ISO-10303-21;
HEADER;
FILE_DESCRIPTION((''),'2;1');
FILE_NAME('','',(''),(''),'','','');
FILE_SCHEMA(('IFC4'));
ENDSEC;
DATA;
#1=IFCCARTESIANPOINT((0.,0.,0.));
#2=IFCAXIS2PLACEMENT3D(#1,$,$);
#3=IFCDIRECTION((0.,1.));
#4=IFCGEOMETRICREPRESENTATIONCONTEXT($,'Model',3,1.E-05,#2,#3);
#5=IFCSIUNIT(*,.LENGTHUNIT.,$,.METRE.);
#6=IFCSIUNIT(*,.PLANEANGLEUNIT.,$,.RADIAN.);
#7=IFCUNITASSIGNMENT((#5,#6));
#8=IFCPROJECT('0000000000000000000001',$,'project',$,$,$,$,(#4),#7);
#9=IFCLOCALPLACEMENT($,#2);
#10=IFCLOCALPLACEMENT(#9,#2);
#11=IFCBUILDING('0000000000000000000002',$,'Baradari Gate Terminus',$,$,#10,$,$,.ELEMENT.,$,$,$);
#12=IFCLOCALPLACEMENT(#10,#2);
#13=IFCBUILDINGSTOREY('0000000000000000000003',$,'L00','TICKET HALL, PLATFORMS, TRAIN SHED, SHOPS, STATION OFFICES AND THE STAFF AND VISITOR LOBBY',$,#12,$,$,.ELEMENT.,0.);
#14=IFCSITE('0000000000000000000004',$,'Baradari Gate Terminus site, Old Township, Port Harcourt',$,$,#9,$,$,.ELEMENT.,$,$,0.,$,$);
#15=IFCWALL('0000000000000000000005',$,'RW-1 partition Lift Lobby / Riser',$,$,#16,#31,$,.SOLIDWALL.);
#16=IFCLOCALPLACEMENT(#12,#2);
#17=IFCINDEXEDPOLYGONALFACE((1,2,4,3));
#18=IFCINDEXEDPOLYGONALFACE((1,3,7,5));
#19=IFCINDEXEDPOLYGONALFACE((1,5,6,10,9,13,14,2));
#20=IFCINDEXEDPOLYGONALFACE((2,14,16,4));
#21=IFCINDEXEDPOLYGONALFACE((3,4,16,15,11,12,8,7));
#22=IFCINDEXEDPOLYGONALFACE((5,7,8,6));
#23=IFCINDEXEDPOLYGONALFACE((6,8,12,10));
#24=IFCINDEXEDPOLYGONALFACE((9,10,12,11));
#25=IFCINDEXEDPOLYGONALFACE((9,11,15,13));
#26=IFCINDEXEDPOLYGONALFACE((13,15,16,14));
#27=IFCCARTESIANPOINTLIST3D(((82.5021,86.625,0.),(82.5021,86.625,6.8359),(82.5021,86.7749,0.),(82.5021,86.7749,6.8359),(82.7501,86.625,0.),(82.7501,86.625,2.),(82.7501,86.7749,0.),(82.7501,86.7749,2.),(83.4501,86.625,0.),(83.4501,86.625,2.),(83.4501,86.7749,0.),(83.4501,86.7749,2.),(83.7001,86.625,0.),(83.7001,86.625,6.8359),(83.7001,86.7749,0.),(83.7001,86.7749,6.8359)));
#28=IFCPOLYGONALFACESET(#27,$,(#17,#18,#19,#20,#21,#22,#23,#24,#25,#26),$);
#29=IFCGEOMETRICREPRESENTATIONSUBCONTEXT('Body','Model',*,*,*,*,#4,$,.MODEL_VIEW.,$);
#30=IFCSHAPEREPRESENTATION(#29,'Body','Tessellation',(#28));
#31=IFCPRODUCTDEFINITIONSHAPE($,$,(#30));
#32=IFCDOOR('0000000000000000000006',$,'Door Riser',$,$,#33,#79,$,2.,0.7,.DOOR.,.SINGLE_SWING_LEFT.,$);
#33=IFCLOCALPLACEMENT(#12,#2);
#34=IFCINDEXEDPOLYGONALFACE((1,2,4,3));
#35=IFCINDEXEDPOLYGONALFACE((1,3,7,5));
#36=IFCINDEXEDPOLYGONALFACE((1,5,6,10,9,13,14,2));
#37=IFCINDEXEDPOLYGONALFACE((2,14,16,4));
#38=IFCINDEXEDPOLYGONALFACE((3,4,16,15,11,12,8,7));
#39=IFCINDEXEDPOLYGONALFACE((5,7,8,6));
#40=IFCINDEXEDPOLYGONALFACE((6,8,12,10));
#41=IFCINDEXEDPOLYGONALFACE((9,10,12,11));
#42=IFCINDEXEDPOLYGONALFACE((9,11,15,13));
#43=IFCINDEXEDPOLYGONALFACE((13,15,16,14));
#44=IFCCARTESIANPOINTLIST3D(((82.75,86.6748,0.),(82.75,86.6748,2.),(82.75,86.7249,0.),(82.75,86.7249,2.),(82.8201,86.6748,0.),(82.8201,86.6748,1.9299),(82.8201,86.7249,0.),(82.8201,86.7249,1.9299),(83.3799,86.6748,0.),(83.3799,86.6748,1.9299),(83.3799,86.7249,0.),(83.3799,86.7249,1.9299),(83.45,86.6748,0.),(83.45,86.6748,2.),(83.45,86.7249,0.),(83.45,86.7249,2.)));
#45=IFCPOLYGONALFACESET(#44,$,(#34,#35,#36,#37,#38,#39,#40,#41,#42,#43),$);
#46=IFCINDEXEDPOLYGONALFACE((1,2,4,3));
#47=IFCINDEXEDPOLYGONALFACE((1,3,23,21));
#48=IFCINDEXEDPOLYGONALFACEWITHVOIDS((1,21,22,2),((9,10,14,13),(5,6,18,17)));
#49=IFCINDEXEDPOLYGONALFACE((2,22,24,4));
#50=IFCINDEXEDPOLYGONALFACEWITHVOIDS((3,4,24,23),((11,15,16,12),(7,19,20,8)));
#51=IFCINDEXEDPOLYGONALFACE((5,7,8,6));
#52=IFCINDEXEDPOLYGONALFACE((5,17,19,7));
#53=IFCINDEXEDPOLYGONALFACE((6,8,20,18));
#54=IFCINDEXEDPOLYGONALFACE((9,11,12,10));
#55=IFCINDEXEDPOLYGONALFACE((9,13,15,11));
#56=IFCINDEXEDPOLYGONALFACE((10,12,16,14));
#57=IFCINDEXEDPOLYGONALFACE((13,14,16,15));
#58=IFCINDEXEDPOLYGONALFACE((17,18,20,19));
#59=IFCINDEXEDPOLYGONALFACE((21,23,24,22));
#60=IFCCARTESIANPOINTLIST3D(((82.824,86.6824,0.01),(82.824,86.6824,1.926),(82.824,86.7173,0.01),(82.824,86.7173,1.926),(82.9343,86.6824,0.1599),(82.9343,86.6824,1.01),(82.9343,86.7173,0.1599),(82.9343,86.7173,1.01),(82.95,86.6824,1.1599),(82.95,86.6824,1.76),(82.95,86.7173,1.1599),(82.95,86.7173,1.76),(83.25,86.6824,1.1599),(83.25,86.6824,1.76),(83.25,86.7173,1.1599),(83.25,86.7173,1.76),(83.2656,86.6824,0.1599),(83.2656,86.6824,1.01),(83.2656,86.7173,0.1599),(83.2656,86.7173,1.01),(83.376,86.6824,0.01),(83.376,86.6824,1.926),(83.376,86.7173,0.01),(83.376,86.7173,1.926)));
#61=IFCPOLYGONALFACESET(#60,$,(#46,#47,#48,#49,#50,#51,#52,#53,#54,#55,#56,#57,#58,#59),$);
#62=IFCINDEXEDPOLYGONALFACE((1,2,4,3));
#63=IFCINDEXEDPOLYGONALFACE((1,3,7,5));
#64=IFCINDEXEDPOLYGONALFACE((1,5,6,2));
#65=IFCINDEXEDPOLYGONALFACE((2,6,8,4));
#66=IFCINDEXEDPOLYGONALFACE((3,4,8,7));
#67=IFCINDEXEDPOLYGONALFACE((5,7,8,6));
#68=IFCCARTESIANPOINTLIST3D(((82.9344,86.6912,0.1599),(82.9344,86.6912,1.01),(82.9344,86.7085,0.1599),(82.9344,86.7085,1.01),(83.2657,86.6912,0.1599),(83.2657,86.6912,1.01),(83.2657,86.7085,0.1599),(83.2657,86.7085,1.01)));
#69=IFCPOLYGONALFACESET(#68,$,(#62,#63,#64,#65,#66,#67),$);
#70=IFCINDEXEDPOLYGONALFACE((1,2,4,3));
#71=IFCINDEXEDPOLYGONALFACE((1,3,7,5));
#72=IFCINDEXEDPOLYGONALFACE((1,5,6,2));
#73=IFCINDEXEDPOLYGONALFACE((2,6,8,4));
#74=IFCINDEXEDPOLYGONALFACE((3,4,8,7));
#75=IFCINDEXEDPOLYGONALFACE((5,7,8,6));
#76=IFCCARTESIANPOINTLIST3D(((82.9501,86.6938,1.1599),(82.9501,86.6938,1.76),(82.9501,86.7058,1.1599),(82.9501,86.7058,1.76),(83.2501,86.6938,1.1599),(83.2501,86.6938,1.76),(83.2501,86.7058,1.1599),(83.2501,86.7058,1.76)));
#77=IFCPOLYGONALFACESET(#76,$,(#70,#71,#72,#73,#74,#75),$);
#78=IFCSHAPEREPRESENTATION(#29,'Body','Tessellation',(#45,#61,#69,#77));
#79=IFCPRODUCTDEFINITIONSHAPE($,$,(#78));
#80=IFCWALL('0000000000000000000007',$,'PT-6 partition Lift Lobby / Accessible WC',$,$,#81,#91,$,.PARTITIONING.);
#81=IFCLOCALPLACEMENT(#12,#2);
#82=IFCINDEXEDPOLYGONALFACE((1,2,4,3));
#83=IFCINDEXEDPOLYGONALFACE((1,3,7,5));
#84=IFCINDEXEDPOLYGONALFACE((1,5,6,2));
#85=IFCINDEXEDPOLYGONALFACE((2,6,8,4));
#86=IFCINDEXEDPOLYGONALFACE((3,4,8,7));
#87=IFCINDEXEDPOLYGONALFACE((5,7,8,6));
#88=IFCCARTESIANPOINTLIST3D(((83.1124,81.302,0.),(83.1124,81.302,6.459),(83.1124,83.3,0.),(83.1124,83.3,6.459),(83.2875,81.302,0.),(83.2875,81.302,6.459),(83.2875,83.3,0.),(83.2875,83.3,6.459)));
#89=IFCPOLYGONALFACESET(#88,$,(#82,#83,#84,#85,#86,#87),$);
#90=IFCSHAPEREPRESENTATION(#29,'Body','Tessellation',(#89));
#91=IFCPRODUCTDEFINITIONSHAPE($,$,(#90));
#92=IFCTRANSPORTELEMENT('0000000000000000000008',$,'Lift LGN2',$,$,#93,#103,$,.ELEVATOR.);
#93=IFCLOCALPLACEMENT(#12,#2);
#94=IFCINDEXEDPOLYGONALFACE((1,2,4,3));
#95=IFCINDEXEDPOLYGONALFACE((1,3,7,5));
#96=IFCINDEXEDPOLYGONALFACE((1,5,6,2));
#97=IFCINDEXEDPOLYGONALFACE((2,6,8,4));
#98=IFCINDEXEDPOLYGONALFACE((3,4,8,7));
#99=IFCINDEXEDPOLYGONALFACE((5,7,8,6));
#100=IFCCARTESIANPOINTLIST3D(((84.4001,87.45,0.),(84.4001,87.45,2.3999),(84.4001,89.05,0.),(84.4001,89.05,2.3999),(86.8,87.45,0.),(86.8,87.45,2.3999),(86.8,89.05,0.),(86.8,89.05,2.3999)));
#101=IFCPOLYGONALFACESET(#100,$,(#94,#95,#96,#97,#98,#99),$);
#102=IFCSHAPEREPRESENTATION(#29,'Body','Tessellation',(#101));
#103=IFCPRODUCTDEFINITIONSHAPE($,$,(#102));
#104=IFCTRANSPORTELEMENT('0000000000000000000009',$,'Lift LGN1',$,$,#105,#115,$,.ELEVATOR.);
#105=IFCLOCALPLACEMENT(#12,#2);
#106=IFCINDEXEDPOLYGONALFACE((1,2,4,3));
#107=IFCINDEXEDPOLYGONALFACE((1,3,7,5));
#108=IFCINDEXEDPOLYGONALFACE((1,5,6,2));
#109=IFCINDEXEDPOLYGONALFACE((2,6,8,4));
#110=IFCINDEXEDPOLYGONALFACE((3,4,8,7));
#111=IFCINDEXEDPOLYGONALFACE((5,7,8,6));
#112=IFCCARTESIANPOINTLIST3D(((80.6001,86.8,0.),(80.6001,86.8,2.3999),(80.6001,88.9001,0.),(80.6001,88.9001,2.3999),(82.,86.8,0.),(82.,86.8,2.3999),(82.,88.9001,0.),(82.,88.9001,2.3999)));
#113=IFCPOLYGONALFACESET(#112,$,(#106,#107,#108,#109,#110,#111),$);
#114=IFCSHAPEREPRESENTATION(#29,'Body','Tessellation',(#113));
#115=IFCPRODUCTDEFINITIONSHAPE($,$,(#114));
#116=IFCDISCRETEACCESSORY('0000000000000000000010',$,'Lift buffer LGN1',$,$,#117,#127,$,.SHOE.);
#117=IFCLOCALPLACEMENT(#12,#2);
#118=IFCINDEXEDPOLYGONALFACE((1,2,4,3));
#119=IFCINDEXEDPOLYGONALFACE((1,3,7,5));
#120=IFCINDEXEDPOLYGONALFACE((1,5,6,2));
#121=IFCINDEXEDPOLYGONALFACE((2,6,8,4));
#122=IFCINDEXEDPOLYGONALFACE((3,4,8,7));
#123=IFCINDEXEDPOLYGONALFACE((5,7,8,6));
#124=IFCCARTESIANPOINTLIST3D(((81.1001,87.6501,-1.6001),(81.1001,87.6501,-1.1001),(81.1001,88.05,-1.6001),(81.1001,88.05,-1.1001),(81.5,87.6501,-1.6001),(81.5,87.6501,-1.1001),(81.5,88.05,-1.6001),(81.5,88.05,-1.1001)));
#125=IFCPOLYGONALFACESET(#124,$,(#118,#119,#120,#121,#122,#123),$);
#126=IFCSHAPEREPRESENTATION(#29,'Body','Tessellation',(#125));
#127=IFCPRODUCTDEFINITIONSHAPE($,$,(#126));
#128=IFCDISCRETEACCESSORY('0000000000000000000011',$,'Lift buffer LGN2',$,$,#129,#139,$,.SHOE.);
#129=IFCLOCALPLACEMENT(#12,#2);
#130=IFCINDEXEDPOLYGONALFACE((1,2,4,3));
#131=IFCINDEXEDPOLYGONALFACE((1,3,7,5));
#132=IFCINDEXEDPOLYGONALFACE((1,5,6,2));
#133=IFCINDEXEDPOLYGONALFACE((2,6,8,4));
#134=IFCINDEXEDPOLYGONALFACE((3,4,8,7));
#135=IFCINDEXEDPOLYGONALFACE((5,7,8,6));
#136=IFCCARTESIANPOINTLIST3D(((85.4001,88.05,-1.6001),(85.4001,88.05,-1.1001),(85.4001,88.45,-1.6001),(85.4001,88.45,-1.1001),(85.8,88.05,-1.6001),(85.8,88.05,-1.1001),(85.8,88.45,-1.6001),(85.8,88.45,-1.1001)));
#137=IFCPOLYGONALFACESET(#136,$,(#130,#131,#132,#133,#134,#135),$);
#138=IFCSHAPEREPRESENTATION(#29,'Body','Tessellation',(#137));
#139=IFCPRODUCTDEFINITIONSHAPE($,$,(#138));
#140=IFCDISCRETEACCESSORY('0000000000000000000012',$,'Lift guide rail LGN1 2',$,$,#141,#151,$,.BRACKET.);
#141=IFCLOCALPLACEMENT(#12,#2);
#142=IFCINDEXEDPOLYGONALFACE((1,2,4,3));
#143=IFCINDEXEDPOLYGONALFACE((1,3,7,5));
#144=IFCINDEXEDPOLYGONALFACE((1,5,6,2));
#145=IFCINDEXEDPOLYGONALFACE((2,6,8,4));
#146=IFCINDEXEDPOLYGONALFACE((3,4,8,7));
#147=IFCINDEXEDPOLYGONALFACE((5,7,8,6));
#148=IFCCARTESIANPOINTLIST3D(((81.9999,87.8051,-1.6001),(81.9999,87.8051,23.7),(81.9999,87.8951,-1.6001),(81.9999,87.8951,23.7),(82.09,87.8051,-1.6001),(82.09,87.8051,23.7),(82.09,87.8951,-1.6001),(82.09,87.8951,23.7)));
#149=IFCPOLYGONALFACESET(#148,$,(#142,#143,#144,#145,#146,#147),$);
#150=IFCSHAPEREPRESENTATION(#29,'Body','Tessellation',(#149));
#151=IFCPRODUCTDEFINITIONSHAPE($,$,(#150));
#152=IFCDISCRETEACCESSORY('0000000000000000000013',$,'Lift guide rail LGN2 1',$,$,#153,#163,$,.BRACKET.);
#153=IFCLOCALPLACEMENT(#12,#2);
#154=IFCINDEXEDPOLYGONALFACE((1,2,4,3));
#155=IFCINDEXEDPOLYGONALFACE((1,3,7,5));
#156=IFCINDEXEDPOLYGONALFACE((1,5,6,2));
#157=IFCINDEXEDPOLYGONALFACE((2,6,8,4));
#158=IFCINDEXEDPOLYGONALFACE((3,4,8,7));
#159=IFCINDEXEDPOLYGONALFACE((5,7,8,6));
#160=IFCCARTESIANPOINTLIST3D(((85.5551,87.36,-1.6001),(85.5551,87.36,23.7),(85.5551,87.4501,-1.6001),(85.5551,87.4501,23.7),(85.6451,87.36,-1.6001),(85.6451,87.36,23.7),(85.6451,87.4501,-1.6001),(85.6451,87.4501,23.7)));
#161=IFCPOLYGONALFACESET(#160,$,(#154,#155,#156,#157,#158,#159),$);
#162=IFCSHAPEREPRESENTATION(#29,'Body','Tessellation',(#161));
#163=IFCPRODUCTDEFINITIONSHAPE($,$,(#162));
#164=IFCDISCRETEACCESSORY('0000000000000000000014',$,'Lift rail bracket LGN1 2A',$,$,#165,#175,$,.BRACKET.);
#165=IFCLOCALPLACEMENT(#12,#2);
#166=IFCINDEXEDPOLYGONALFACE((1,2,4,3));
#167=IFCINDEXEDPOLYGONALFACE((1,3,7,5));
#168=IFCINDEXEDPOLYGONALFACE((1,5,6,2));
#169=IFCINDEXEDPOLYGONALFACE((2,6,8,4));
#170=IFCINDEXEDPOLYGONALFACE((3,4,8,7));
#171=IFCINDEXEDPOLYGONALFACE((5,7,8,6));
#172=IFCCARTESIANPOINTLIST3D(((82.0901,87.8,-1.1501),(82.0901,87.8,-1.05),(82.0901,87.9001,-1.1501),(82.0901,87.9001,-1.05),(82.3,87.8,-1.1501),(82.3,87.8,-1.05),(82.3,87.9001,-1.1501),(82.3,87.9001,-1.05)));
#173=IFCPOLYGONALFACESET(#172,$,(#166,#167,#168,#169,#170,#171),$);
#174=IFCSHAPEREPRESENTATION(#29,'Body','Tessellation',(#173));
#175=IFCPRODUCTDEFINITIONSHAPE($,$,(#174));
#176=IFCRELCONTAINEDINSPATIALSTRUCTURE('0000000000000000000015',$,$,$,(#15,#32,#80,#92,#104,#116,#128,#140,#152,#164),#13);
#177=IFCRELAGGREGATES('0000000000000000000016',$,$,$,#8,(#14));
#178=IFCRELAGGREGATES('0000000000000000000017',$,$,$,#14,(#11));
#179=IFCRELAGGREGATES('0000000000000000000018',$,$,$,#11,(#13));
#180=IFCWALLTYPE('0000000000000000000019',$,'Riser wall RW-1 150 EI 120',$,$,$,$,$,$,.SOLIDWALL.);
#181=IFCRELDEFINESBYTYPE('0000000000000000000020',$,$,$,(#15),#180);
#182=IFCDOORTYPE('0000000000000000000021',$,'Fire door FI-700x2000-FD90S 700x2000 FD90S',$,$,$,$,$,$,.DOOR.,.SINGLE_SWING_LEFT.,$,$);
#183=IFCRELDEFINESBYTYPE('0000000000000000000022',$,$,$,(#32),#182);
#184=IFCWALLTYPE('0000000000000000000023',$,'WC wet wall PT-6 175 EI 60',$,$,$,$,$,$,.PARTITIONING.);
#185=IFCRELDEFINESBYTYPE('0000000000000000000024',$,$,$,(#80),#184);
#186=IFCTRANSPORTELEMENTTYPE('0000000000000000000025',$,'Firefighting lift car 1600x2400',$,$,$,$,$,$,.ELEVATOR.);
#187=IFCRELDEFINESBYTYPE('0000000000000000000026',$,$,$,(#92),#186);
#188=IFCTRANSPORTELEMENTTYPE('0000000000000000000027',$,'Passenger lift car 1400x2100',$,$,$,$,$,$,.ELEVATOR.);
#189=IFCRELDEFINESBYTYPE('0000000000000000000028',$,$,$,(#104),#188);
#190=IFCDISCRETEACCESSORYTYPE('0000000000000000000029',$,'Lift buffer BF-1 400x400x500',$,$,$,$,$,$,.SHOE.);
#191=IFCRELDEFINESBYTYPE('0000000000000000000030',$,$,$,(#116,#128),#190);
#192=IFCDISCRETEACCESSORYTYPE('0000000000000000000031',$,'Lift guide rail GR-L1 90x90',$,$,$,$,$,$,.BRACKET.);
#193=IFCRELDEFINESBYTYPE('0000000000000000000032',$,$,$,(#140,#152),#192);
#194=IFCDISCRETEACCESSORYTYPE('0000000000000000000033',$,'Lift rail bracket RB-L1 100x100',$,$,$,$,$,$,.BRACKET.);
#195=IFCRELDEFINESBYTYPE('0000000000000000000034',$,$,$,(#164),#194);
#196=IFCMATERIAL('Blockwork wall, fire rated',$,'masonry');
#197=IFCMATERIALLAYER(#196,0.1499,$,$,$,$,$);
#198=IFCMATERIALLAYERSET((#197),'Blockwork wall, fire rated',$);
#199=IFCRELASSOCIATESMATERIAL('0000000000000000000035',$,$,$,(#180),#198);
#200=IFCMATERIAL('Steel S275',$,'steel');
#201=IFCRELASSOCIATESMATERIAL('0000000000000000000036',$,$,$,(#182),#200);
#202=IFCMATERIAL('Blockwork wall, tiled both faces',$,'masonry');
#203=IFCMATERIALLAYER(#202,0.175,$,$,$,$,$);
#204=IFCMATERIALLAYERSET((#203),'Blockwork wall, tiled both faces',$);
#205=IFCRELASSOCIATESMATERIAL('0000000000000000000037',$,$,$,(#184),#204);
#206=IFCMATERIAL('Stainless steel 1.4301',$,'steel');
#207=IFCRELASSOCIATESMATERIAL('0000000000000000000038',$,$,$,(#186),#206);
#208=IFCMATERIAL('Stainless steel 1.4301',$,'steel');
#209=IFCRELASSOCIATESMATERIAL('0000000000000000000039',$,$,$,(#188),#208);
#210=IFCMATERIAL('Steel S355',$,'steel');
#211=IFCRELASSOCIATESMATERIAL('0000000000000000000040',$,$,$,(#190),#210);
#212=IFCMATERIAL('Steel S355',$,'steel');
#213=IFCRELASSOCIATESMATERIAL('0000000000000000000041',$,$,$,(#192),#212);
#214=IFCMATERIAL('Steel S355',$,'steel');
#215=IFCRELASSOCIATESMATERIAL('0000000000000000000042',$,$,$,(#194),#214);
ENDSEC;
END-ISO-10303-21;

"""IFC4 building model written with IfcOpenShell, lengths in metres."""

from ifc_helpers import new_model, si_unit, direction, frame, frame_2d, origin, origin_2d, place, context, subcontext, project, spatial, polyline, rectangle, outline, extrude, material, layer, layer_set, type_object, element, fill, save


model = new_model("IFC4")

# Units and contexts
model_context = context("Model", 3, precision=1e-05, world=origin(), true_north=direction((0.0, 1.0)))
body_context = subcontext(model_context, "Body", "Model", "MODEL_VIEW")
ifc_project = project(units=[si_unit("LENGTHUNIT", "METRE"), si_unit("PLANEANGLEUNIT", "RADIAN")], contexts=[model_context])

# Site, building, storey
site_placement = place(None, origin())
site = spatial("IfcSite", under=ifc_project, at=site_placement, Name="Baradari Gate Terminus site, Old Township, Port Harcourt", CompositionType="ELEMENT", RefElevation=0.0)
building_placement = place(site_placement, origin())
building = spatial("IfcBuilding", under=site, at=building_placement, Name="Baradari Gate Terminus", CompositionType="ELEMENT")
storey_placement = place(building_placement, origin())
storey = spatial("IfcBuildingStorey", under=building, at=storey_placement, Name="L00", Description="TICKET HALL, PLATFORMS, TRAIN SHED, SHOPS, STATION OFFICES AND THE STAFF AND VISITOR LOBBY", CompositionType="ELEMENT", Elevation=0.0)

# Wall, opening, door
ifc_material_1 = material(Name="Blockwork wall, fire rated", Category="masonry")
ifc_layer_1 = layer(ifc_material_1, 0.1499)
ifc_layer_set_1 = layer_set([ifc_layer_1], Name="Blockwork wall, fire rated")
wall_type_1 = type_object("IfcWallType", Name="Riser wall RW-1 150 EI 120", PredefinedType="SOLIDWALL", material=ifc_layer_set_1)
wall_1_placement = place(storey_placement, frame((82.502, 86.7, 0.0), z_axis=(0.0, 0.0, 1.0), x_axis=(1.0, 0.0, 0.0)))
wall_1 = element("IfcWall", 1, at=wall_1_placement, inside=storey, type_object=wall_type_1, Name="RW-1 partition Lift Lobby / Riser", PredefinedType="SOLIDWALL", context=body_context, shape_type="SweptSolid", body=[
    extrude(rectangle(XDim=1.198, YDim=0.1499, at=frame_2d((0.5991, 0.0))), origin(), (0.0, 0.0, 1.0), 6.8359),
])
opening_placement = place(wall_1_placement, frame((0.248, 0.0, 0.0)))
opening = element("IfcOpeningElement", 2, at=opening_placement, cuts=wall_1, PredefinedType="OPENING", context=body_context, shape_type="SweptSolid", body=[
    extrude(rectangle(XDim=0.7, YDim=2.0, at=frame_2d((0.3501, 1.0))), frame((0.0, 0.085, 0.0), z_axis=(0.0, -1.0, 0.0), x_axis=(1.0, 0.0, 0.0)), (0.0, 0.0, 1.0), 0.1699),
])
ifc_material_2 = material(Name="Steel S275", Category="steel")
door_type = type_object("IfcDoorType", Name="Fire door FI-700x2000-FD90S 700x2000 FD90S", OperationType="SINGLE_SWING_LEFT", PredefinedType="DOOR", material=ifc_material_2)
door_placement = place(opening_placement, origin())
door = element("IfcDoor", 3, at=door_placement, inside=storey, type_object=door_type, Name="Door Riser", OperationType="SINGLE_SWING_LEFT", OverallHeight=2.0, OverallWidth=0.7, PredefinedType="DOOR", context=body_context, shape_type="SweptSolid", body=[
    extrude(outline(polyline([(0.0, 0.0), (0.0701, 0.0), (0.0701, 1.9299), (0.6299, 1.9299), (0.6299, 0.0), (0.7, 0.0), (0.7, 2.0), (0.0, 2.0), (0.0, 0.0)])), frame((0.0, 0.0249, 0.0), z_axis=(0.0, -1.0, 0.0), x_axis=(1.0, 0.0, 0.0)), (0.0, 0.0, 1.0), 0.05),
    extrude(outline(polyline([(0.074, 0.01), (0.626, 0.01), (0.626, 1.926), (0.074, 1.926), (0.074, 0.01)]), holes=[polyline([(0.1843, 0.1599), (0.5156, 0.1599), (0.5156, 1.01), (0.1843, 1.01), (0.1843, 0.1599)]), polyline([(0.2, 1.1599), (0.5, 1.1599), (0.5, 1.76), (0.2, 1.76), (0.2, 1.1599)])]), frame((0.0, 0.0173, 0.0), z_axis=(0.0, -1.0, 0.0), x_axis=(1.0, 0.0, 0.0)), (0.0, 0.0, 1.0), 0.0349),
    extrude(rectangle(XDim=0.3313, YDim=0.8501, at=frame_2d((0.3501, 0.585))), frame((0.0, 0.0085, 0.0), z_axis=(0.0, -1.0, 0.0), x_axis=(1.0, 0.0, 0.0)), (0.0, 0.0, 1.0), 0.0173),
    extrude(rectangle(XDim=0.3, YDim=0.6001, at=frame_2d((0.3501, 1.46))), frame((0.0, 0.0059, 0.0), z_axis=(0.0, -1.0, 0.0), x_axis=(1.0, 0.0, 0.0)), (0.0, 0.0, 1.0), 0.012),
])
fill(opening, door)

# Wall
ifc_material_3 = material(Name="Blockwork wall, tiled both faces", Category="masonry")
ifc_layer_2 = layer(ifc_material_3, 0.175)
ifc_layer_set_2 = layer_set([ifc_layer_2], Name="Blockwork wall, tiled both faces")
wall_type_2 = type_object("IfcWallType", Name="WC wet wall PT-6 175 EI 60", PredefinedType="PARTITIONING", material=ifc_layer_set_2)
wall_2_placement = place(storey_placement, frame((83.2, 83.3, 0.0), z_axis=(0.0, 0.0, 1.0), x_axis=(0.0, -1.0, 0.0)))
element("IfcWall", 4, at=wall_2_placement, inside=storey, type_object=wall_type_2, Name="PT-6 partition Lift Lobby / Accessible WC", PredefinedType="PARTITIONING", context=body_context, shape_type="SweptSolid", body=[
    extrude(rectangle(XDim=1.998, YDim=0.175, at=frame_2d((0.999, 0.0))), origin(), (0.0, 0.0, 1.0), 6.459),
])

# Transport elements
ifc_material_4 = material(Name="Stainless steel 1.4301", Category="steel")
transport_element_type_1 = type_object("IfcTransportElementType", Name="Firefighting lift car 1600x2400", PredefinedType="ELEVATOR", material=ifc_material_4)
transport_element_1_placement = place(storey_placement, frame((85.6001, 88.25, 0.0), z_axis=(0.0, 0.0, 1.0), x_axis=(1.0, 0.0, 0.0)))
element("IfcTransportElement", 5, at=transport_element_1_placement, inside=storey, type_object=transport_element_type_1, Name="Lift LGN2", PredefinedType="ELEVATOR", context=body_context, shape_type="SweptSolid", body=[
    extrude(rectangle(XDim=2.3999, YDim=1.6001, at=origin_2d()), origin(), (0.0, 0.0, 1.0), 2.3999),
])
ifc_material_5 = material(Name="Stainless steel 1.4301", Category="steel")
transport_element_type_2 = type_object("IfcTransportElementType", Name="Passenger lift car 1400x2100", PredefinedType="ELEVATOR", material=ifc_material_5)
transport_element_2_placement = place(storey_placement, frame((81.3, 87.8501, 0.0), z_axis=(0.0, 0.0, 1.0), x_axis=(1.0, 0.0, 0.0)))
element("IfcTransportElement", 6, at=transport_element_2_placement, inside=storey, type_object=transport_element_type_2, Name="Lift LGN1", PredefinedType="ELEVATOR", context=body_context, shape_type="SweptSolid", body=[
    extrude(rectangle(XDim=1.3999, YDim=2.1001, at=origin_2d()), origin(), (0.0, 0.0, 1.0), 2.3999),
])

# Discrete accessories
ifc_material_6 = material(Name="Steel S355", Category="steel")
discrete_accessory_type_1 = type_object("IfcDiscreteAccessoryType", Name="Lift buffer BF-1 400x400x500", PredefinedType="SHOE", material=ifc_material_6)
for number, where, z_axis, x_axis, name in (
    (7, (81.3, 87.8501, -1.6001), (0.0, 0.0, 1.0), (1.0, 0.0, 0.0), "Lift buffer LGN1"),
    (8, (85.6001, 88.25, -1.6001), (0.0, 0.0, 1.0), (1.0, 0.0, 0.0), "Lift buffer LGN2"),
):
    element("IfcDiscreteAccessory", number, at=place(storey_placement, frame(where, z_axis=z_axis, x_axis=x_axis)), inside=storey, type_object=discrete_accessory_type_1, Name=name, PredefinedType="SHOE", context=body_context, shape_type="SweptSolid", body=[
        extrude(rectangle(XDim=0.3999, YDim=0.3999, at=origin_2d()), origin(), (0.0, 0.0, 1.0), 0.5),
    ])
ifc_material_7 = material(Name="Steel S355", Category="steel")
discrete_accessory_type_2 = type_object("IfcDiscreteAccessoryType", Name="Lift guide rail GR-L1 90x90", PredefinedType="BRACKET", material=ifc_material_7)
for number, where, z_axis, x_axis, name in (
    (9, (82.0449, 87.8501, -1.6001), (0.0, 0.0, 1.0), (1.0, 0.0, 0.0), "Lift guide rail LGN1 2"),
    (10, (85.6001, 87.405, -1.6001), (0.0, 0.0, 1.0), (1.0, 0.0, 0.0), "Lift guide rail LGN2 1"),
):
    element("IfcDiscreteAccessory", number, at=place(storey_placement, frame(where, z_axis=z_axis, x_axis=x_axis)), inside=storey, type_object=discrete_accessory_type_2, Name=name, PredefinedType="BRACKET", context=body_context, shape_type="SweptSolid", body=[
        extrude(rectangle(XDim=0.0901, YDim=0.0901, at=origin_2d()), origin(), (0.0, 0.0, 1.0), 25.3),
    ])
ifc_material_8 = material(Name="Steel S355", Category="steel")
discrete_accessory_type_3 = type_object("IfcDiscreteAccessoryType", Name="Lift rail bracket RB-L1 100x100", PredefinedType="BRACKET", material=ifc_material_8)
discrete_accessory_1_placement = place(storey_placement, frame((82.1951, 87.8501, -1.1501), z_axis=(0.0, 0.0, 1.0), x_axis=(1.0, 0.0, 0.0)))
element("IfcDiscreteAccessory", 11, at=discrete_accessory_1_placement, inside=storey, type_object=discrete_accessory_type_3, Name="Lift rail bracket LGN1 2A", PredefinedType="BRACKET", context=body_context, shape_type="SweptSolid", body=[
    extrude(rectangle(XDim=0.21, YDim=0.1001, at=origin_2d()), origin(), (0.0, 0.0, 1.0), 0.1001),
])

save(model, "model.ifc")
